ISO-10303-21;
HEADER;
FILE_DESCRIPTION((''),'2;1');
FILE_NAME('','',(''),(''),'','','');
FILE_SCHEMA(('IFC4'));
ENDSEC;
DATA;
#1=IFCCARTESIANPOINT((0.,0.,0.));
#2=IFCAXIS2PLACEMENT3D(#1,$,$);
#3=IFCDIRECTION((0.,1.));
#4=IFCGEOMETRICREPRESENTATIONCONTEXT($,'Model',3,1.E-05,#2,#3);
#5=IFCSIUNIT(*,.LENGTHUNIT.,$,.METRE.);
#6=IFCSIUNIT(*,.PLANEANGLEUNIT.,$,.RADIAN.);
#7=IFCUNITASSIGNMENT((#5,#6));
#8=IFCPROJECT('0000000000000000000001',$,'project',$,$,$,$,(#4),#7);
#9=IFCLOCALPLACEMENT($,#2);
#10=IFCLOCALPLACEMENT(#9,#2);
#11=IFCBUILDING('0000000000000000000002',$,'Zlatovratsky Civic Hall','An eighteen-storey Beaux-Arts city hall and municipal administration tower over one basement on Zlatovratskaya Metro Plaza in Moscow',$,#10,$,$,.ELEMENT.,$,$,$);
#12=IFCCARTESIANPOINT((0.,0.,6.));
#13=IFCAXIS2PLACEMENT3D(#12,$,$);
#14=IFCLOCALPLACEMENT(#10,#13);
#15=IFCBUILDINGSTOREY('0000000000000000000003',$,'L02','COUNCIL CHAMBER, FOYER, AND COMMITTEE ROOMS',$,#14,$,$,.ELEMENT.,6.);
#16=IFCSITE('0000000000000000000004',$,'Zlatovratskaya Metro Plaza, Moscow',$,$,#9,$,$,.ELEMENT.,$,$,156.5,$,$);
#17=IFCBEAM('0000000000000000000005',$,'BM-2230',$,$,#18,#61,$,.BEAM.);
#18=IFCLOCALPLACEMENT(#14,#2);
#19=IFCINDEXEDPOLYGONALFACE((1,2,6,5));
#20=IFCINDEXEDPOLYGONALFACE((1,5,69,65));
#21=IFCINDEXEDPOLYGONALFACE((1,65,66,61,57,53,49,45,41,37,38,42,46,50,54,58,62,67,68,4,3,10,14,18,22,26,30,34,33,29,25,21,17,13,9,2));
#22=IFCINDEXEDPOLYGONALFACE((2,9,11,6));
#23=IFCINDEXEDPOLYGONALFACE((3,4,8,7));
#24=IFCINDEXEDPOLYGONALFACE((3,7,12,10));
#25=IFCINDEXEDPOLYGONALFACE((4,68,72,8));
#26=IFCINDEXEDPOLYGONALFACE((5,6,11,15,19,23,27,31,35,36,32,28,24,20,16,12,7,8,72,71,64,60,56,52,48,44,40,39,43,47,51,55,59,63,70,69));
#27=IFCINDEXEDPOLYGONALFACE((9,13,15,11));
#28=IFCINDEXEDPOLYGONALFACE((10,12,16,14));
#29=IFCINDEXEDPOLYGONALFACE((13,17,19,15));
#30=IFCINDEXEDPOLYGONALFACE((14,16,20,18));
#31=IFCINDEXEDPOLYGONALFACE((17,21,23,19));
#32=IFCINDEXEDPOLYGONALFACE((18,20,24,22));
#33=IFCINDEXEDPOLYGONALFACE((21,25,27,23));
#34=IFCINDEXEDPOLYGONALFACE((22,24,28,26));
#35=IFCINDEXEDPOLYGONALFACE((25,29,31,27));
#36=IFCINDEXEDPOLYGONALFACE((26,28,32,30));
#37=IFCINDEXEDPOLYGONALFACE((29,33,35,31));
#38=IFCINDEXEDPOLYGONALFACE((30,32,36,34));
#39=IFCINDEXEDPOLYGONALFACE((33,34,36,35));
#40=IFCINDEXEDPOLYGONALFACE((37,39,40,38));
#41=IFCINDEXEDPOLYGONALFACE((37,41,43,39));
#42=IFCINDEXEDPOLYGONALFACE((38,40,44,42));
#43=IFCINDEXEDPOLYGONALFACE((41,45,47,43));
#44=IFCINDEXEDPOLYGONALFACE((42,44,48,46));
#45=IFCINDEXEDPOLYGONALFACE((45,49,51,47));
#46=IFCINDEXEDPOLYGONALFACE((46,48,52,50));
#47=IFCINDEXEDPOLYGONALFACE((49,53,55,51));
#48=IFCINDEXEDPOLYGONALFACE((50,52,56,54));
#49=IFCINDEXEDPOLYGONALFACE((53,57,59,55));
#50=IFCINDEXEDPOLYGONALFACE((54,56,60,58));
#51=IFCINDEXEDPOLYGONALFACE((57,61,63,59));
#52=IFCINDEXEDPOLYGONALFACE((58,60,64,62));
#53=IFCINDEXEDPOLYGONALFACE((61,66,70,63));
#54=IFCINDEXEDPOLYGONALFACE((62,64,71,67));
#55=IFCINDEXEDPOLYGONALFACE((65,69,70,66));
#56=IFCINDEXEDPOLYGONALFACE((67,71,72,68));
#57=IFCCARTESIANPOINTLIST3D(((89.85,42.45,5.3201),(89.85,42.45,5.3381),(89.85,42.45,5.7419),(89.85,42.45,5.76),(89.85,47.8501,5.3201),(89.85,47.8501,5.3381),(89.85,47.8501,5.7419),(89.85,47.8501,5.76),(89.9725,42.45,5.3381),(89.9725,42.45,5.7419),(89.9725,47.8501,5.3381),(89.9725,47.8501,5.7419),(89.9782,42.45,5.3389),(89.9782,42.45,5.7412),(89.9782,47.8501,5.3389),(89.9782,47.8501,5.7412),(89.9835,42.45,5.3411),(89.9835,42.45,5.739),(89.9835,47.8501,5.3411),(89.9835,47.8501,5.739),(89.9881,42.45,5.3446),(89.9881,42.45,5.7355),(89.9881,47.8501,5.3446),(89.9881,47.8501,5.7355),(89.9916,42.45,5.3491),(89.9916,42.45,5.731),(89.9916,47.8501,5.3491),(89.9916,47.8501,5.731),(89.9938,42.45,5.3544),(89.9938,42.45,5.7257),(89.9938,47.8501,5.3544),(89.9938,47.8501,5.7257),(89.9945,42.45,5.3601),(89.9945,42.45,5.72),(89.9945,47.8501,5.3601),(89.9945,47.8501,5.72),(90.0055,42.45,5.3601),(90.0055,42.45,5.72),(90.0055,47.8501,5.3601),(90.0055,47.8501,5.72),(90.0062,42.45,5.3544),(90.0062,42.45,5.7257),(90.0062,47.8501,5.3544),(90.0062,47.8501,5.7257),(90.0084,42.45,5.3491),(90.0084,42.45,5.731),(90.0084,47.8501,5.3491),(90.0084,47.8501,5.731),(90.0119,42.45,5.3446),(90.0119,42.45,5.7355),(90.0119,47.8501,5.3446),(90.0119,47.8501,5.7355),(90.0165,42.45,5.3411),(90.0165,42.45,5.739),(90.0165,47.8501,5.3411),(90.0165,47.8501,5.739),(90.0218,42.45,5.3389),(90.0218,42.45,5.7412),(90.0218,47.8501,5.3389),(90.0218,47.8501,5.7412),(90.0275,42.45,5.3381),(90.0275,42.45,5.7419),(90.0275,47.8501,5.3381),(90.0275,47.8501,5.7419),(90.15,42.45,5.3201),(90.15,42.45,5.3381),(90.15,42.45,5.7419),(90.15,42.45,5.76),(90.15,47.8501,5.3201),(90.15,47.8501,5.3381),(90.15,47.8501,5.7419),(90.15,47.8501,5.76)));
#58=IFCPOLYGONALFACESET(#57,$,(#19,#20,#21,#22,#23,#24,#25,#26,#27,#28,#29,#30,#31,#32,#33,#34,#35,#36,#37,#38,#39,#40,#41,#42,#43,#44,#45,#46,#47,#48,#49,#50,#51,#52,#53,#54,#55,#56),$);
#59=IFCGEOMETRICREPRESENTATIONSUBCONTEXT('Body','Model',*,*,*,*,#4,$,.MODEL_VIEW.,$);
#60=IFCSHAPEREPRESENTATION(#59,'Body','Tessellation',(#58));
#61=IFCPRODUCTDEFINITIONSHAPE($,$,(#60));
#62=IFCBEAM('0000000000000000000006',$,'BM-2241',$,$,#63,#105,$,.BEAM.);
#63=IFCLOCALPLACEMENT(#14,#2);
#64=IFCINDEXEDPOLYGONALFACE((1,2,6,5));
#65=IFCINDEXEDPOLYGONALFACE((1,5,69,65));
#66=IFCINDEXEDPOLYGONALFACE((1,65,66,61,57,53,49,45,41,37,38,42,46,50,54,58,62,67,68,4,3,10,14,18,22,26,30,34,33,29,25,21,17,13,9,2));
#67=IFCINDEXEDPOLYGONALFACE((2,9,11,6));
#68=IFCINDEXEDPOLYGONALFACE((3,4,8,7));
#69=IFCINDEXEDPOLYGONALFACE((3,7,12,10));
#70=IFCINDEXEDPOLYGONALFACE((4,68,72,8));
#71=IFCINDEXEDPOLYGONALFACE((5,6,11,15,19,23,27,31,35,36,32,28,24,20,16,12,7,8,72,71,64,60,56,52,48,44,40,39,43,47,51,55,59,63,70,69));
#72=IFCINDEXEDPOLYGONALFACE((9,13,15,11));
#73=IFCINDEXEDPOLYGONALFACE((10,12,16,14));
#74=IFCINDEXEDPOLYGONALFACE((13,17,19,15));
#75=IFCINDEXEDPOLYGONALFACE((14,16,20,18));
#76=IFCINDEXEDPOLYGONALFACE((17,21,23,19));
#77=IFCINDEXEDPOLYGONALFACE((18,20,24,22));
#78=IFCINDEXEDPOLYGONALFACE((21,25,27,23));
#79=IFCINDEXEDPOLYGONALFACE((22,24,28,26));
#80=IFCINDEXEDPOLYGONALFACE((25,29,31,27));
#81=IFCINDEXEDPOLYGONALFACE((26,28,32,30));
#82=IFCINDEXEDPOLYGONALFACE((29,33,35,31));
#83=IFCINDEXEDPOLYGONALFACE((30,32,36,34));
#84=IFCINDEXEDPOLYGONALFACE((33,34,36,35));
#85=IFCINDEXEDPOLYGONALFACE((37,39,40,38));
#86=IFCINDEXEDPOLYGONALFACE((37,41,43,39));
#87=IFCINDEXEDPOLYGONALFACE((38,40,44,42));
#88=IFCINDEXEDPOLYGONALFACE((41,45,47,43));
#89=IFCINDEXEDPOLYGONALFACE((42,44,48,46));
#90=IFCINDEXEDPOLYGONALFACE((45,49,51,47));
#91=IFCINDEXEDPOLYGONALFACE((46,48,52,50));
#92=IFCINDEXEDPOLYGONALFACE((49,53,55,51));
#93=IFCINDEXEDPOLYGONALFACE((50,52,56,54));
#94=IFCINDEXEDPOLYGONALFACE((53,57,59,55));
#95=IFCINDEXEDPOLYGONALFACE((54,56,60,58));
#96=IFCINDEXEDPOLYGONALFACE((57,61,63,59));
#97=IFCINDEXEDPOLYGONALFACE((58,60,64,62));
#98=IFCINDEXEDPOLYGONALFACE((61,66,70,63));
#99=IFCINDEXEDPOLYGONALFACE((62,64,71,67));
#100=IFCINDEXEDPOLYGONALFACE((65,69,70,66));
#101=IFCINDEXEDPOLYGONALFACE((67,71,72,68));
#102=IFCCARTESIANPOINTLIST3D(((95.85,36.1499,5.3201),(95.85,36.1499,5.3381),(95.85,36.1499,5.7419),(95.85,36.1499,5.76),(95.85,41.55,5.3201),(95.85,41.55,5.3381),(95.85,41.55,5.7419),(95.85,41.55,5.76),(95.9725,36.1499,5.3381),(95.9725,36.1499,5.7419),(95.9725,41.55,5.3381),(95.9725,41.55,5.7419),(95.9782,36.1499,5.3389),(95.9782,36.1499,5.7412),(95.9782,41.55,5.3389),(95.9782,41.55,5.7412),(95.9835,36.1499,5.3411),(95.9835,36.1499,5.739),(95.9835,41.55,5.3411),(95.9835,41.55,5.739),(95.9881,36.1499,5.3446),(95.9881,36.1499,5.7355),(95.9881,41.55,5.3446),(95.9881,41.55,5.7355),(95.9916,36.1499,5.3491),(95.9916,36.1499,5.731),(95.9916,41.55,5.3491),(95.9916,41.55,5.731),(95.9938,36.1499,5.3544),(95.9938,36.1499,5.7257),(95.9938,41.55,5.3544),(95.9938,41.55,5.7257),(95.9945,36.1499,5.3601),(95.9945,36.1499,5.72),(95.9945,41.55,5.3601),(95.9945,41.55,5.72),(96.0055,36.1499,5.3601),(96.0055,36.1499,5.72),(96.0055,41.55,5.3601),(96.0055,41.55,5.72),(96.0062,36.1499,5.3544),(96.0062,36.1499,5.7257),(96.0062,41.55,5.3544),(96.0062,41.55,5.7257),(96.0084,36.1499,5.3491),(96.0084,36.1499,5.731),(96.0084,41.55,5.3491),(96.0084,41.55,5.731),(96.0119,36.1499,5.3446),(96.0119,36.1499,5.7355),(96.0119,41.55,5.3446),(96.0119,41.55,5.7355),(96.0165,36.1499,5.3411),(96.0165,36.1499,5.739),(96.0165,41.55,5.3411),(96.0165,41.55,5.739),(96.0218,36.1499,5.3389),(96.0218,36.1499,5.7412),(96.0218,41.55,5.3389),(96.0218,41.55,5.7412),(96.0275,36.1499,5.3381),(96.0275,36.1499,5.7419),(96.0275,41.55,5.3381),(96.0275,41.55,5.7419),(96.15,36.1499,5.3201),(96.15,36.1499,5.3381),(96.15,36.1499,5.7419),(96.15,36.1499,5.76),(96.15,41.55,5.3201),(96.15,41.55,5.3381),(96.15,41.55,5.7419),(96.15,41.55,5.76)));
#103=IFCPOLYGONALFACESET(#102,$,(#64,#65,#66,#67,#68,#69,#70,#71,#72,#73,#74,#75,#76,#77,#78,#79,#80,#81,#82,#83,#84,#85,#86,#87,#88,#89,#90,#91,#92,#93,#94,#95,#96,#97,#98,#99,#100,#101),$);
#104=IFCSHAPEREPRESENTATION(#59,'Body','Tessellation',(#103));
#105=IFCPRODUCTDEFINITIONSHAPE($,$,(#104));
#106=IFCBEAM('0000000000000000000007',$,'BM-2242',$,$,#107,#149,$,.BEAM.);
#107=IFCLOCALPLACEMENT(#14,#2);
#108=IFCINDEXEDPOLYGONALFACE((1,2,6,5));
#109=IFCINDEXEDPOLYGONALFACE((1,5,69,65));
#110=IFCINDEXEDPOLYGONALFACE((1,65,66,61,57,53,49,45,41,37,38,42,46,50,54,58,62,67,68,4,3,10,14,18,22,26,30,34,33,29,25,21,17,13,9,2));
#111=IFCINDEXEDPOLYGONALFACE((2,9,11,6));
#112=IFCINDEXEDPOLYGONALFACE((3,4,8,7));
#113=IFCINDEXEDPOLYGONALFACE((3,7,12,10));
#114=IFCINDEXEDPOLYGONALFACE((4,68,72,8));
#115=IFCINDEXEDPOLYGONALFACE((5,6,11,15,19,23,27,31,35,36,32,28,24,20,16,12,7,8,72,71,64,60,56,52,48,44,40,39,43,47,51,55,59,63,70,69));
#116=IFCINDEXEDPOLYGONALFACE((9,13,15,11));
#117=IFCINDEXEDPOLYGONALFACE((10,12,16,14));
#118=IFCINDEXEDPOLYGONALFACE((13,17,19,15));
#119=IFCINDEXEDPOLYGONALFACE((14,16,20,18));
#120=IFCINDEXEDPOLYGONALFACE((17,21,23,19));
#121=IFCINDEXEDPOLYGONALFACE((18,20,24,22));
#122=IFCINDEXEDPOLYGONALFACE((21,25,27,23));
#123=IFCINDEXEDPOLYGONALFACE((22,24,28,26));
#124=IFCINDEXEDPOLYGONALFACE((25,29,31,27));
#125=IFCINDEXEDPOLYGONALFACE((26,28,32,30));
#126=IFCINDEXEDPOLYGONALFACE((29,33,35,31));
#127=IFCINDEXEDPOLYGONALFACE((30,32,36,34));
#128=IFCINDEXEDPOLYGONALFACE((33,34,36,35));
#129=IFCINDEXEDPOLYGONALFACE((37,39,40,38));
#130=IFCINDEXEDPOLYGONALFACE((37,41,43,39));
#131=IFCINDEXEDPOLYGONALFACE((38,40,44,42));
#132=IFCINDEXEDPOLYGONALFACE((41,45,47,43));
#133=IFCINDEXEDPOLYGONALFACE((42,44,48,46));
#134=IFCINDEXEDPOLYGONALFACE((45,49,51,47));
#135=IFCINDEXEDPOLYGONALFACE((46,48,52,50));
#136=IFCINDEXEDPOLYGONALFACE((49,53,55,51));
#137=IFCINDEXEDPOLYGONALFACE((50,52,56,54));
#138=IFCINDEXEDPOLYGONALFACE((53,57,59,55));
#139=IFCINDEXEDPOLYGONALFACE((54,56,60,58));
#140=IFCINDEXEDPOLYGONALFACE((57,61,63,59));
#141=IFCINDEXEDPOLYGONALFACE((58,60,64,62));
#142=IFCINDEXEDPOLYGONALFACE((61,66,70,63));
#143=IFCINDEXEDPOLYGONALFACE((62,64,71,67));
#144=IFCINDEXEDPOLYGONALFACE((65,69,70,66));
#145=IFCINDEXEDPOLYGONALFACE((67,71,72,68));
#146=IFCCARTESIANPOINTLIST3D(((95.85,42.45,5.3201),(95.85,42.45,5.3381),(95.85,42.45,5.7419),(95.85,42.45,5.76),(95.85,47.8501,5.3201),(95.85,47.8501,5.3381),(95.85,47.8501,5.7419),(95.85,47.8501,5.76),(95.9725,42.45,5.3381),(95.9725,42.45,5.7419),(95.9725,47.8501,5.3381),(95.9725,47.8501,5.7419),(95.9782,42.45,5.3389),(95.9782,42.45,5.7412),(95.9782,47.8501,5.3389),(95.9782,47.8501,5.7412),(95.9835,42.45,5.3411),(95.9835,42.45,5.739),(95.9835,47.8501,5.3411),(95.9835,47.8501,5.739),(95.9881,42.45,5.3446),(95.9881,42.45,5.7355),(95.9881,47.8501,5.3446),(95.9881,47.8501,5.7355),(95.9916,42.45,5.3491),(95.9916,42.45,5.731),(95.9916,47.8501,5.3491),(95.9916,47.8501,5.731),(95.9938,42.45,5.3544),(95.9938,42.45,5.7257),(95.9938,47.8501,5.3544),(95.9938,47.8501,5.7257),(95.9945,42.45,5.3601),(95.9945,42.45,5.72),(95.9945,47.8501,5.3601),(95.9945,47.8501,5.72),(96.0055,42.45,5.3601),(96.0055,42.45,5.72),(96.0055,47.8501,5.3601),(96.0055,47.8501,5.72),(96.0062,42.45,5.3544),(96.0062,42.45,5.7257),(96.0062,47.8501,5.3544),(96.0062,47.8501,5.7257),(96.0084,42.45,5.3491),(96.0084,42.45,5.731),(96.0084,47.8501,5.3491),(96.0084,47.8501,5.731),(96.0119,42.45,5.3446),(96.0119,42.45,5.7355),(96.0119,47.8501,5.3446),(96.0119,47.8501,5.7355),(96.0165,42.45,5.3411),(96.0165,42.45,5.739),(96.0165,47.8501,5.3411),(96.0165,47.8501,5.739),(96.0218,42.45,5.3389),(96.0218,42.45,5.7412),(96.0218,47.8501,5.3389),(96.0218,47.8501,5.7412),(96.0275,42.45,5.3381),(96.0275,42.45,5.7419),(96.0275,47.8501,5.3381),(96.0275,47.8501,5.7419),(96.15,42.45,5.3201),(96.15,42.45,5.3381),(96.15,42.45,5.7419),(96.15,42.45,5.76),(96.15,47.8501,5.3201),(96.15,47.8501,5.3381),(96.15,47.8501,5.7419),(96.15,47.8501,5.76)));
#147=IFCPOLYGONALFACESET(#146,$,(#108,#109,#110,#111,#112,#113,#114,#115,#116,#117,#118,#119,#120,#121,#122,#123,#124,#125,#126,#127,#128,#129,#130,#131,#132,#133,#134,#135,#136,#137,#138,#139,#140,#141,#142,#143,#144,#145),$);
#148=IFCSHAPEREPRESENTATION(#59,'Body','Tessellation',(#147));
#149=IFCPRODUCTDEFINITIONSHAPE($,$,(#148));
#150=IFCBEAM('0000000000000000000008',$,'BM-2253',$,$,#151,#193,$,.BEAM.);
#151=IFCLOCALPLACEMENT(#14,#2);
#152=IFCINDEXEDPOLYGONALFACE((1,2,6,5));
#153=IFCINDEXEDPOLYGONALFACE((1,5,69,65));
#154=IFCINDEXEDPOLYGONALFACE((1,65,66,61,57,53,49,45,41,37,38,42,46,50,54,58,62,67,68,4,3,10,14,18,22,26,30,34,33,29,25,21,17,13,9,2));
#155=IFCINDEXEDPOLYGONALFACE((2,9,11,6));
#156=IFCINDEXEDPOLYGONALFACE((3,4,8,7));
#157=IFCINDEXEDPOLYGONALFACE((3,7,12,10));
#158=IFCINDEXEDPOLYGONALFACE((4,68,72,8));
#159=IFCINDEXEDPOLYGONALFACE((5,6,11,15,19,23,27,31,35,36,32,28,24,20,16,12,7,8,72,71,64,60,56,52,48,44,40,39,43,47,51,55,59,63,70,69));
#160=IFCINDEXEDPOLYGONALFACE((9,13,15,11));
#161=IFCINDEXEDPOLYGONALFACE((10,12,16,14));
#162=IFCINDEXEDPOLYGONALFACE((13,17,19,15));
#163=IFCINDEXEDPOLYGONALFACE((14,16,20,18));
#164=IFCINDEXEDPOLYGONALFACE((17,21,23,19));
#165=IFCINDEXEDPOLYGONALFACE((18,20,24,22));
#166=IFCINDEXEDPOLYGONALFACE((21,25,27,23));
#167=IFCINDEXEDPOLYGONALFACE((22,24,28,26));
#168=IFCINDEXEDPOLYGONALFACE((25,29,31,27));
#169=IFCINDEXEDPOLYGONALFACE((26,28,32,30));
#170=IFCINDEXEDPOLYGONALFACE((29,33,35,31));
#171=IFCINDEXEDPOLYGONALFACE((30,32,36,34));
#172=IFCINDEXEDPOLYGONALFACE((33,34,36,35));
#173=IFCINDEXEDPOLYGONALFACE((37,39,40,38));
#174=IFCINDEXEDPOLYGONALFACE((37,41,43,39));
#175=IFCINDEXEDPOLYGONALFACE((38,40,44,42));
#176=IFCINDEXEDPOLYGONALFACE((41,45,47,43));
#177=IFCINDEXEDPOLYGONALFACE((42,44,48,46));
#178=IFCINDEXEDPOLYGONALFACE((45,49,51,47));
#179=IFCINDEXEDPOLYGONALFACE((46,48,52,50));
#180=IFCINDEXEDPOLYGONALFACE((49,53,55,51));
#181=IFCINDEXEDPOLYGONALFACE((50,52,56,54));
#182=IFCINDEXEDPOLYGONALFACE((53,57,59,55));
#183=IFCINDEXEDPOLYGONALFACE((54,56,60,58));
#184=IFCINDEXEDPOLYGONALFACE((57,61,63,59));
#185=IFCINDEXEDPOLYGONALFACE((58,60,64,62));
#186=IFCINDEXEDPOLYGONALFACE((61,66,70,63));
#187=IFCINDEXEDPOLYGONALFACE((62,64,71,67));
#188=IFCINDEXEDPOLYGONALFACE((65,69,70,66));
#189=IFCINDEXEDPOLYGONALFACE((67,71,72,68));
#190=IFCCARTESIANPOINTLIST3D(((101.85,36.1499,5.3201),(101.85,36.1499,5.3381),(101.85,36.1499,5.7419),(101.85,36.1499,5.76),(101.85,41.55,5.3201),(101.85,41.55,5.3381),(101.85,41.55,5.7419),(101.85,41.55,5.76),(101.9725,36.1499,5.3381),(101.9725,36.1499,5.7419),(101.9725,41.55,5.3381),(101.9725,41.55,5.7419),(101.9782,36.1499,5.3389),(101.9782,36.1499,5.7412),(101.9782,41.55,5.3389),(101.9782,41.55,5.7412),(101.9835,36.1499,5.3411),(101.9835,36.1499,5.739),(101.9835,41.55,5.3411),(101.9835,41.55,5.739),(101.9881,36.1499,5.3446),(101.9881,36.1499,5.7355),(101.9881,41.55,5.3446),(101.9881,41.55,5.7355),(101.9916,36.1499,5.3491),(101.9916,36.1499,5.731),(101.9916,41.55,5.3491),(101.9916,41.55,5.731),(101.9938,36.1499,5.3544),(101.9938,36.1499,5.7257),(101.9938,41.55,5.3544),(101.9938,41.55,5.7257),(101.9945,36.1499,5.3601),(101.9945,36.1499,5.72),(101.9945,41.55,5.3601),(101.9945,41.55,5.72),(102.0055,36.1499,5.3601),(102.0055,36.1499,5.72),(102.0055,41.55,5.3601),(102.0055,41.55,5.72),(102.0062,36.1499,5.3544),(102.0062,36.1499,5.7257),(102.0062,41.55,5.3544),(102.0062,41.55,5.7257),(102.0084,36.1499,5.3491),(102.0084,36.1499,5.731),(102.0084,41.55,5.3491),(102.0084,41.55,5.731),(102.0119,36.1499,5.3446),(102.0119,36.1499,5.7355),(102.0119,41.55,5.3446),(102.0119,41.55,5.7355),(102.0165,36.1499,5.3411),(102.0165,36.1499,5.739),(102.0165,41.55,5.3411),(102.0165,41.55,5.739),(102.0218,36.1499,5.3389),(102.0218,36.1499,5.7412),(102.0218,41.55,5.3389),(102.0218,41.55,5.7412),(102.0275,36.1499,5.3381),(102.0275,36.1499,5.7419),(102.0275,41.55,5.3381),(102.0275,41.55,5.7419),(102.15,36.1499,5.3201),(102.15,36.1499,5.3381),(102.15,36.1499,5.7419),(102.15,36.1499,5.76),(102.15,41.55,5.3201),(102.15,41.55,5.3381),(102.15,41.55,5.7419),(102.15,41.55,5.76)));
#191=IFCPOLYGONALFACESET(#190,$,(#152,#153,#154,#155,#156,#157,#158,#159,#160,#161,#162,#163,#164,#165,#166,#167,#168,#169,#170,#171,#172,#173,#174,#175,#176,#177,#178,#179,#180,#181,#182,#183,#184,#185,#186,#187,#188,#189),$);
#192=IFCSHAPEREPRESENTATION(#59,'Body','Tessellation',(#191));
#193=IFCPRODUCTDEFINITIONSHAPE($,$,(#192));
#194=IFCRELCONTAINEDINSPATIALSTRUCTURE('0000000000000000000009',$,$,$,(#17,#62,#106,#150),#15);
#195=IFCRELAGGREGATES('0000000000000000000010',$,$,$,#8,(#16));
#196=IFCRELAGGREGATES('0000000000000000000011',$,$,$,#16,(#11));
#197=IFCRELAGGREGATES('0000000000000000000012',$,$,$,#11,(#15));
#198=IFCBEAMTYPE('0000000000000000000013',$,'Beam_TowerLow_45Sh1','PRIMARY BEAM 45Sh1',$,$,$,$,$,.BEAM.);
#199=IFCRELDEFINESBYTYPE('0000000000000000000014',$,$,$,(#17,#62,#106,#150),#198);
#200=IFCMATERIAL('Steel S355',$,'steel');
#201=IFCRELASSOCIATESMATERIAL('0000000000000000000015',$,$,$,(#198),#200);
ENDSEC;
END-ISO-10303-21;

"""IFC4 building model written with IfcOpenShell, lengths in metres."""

from ifc_helpers import new_model, si_unit, direction, frame, origin, origin_2d, place, context, subcontext, project, spatial, i_section, extrude, material, material_profile, profile_set, type_object, element, save


model = new_model("IFC4")

# Units and contexts
model_context = context("Model", 3, precision=1e-05, world=origin(), true_north=direction((0.0, 1.0)))
body_context = subcontext(model_context, "Body", "Model", "MODEL_VIEW")
ifc_project = project(units=[si_unit("LENGTHUNIT", "METRE"), si_unit("PLANEANGLEUNIT", "RADIAN")], contexts=[model_context])

# Site, building, storey
site_placement = place(None, origin())
site = spatial("IfcSite", under=ifc_project, at=site_placement, Name="Zlatovratskaya Metro Plaza, Moscow", CompositionType="ELEMENT", RefElevation=156.5)
building_placement = place(site_placement, origin())
building = spatial("IfcBuilding", under=site, at=building_placement, Name="Zlatovratsky Civic Hall", Description="An eighteen-storey Beaux-Arts city hall and municipal administration tower over one basement on Zlatovratskaya Metro Plaza in Moscow", CompositionType="ELEMENT")
storey_placement = place(building_placement, frame((0.0, 0.0, 6.0)))
storey = spatial("IfcBuildingStorey", under=building, at=storey_placement, Name="L02", Description="COUNCIL CHAMBER, FOYER, AND COMMITTEE ROOMS", CompositionType="ELEMENT", Elevation=6.0)

# Shared definitions
ifc_material_1 = material(Name="Steel S355", Category="steel")

# Beams
ifc_material_profile_1 = material_profile(ifc_material_1, i_section(OverallWidth=0.3, OverallDepth=0.4399, WebThickness=0.011, FlangeThickness=0.0181, FilletRadius=0.022, at=origin_2d()), Name="45Sh1")
ifc_profile_set_1 = profile_set([ifc_material_profile_1], Name="Steel S355")
beam_type = type_object("IfcBeamType", Name="Beam_TowerLow_45Sh1", Description="PRIMARY BEAM 45Sh1", PredefinedType="BEAM", material=ifc_profile_set_1)
for number, where, z_axis, x_axis, name in (
    (1, (90.0, 42.45, 5.54), (0.0, 1.0, 0.0), (-1.0, 0.0, 0.0), "BM-2230"),
    (2, (96.0, 36.1499, 5.54), (0.0, 1.0, 0.0), (-1.0, 0.0, 0.0), "BM-2241"),
    (3, (96.0, 42.45, 5.54), (0.0, 1.0, 0.0), (-1.0, 0.0, 0.0), "BM-2242"),
    (4, (102.0, 36.1499, 5.54), (0.0, 1.0, 0.0), (-1.0, 0.0, 0.0), "BM-2253"),
):
    element("IfcBeam", number, at=place(storey_placement, frame(where, z_axis=z_axis, x_axis=x_axis)), inside=storey, type_object=beam_type, Name=name, PredefinedType="BEAM", context=body_context, shape_type="SweptSolid", body=[
        extrude(i_section(OverallWidth=0.3, OverallDepth=0.4399, WebThickness=0.011, FlangeThickness=0.0181, FilletRadius=0.022, at=origin_2d()), origin(), (0.0, 0.0, 1.0), 5.4001),
    ])

save(model, "model.ifc")
